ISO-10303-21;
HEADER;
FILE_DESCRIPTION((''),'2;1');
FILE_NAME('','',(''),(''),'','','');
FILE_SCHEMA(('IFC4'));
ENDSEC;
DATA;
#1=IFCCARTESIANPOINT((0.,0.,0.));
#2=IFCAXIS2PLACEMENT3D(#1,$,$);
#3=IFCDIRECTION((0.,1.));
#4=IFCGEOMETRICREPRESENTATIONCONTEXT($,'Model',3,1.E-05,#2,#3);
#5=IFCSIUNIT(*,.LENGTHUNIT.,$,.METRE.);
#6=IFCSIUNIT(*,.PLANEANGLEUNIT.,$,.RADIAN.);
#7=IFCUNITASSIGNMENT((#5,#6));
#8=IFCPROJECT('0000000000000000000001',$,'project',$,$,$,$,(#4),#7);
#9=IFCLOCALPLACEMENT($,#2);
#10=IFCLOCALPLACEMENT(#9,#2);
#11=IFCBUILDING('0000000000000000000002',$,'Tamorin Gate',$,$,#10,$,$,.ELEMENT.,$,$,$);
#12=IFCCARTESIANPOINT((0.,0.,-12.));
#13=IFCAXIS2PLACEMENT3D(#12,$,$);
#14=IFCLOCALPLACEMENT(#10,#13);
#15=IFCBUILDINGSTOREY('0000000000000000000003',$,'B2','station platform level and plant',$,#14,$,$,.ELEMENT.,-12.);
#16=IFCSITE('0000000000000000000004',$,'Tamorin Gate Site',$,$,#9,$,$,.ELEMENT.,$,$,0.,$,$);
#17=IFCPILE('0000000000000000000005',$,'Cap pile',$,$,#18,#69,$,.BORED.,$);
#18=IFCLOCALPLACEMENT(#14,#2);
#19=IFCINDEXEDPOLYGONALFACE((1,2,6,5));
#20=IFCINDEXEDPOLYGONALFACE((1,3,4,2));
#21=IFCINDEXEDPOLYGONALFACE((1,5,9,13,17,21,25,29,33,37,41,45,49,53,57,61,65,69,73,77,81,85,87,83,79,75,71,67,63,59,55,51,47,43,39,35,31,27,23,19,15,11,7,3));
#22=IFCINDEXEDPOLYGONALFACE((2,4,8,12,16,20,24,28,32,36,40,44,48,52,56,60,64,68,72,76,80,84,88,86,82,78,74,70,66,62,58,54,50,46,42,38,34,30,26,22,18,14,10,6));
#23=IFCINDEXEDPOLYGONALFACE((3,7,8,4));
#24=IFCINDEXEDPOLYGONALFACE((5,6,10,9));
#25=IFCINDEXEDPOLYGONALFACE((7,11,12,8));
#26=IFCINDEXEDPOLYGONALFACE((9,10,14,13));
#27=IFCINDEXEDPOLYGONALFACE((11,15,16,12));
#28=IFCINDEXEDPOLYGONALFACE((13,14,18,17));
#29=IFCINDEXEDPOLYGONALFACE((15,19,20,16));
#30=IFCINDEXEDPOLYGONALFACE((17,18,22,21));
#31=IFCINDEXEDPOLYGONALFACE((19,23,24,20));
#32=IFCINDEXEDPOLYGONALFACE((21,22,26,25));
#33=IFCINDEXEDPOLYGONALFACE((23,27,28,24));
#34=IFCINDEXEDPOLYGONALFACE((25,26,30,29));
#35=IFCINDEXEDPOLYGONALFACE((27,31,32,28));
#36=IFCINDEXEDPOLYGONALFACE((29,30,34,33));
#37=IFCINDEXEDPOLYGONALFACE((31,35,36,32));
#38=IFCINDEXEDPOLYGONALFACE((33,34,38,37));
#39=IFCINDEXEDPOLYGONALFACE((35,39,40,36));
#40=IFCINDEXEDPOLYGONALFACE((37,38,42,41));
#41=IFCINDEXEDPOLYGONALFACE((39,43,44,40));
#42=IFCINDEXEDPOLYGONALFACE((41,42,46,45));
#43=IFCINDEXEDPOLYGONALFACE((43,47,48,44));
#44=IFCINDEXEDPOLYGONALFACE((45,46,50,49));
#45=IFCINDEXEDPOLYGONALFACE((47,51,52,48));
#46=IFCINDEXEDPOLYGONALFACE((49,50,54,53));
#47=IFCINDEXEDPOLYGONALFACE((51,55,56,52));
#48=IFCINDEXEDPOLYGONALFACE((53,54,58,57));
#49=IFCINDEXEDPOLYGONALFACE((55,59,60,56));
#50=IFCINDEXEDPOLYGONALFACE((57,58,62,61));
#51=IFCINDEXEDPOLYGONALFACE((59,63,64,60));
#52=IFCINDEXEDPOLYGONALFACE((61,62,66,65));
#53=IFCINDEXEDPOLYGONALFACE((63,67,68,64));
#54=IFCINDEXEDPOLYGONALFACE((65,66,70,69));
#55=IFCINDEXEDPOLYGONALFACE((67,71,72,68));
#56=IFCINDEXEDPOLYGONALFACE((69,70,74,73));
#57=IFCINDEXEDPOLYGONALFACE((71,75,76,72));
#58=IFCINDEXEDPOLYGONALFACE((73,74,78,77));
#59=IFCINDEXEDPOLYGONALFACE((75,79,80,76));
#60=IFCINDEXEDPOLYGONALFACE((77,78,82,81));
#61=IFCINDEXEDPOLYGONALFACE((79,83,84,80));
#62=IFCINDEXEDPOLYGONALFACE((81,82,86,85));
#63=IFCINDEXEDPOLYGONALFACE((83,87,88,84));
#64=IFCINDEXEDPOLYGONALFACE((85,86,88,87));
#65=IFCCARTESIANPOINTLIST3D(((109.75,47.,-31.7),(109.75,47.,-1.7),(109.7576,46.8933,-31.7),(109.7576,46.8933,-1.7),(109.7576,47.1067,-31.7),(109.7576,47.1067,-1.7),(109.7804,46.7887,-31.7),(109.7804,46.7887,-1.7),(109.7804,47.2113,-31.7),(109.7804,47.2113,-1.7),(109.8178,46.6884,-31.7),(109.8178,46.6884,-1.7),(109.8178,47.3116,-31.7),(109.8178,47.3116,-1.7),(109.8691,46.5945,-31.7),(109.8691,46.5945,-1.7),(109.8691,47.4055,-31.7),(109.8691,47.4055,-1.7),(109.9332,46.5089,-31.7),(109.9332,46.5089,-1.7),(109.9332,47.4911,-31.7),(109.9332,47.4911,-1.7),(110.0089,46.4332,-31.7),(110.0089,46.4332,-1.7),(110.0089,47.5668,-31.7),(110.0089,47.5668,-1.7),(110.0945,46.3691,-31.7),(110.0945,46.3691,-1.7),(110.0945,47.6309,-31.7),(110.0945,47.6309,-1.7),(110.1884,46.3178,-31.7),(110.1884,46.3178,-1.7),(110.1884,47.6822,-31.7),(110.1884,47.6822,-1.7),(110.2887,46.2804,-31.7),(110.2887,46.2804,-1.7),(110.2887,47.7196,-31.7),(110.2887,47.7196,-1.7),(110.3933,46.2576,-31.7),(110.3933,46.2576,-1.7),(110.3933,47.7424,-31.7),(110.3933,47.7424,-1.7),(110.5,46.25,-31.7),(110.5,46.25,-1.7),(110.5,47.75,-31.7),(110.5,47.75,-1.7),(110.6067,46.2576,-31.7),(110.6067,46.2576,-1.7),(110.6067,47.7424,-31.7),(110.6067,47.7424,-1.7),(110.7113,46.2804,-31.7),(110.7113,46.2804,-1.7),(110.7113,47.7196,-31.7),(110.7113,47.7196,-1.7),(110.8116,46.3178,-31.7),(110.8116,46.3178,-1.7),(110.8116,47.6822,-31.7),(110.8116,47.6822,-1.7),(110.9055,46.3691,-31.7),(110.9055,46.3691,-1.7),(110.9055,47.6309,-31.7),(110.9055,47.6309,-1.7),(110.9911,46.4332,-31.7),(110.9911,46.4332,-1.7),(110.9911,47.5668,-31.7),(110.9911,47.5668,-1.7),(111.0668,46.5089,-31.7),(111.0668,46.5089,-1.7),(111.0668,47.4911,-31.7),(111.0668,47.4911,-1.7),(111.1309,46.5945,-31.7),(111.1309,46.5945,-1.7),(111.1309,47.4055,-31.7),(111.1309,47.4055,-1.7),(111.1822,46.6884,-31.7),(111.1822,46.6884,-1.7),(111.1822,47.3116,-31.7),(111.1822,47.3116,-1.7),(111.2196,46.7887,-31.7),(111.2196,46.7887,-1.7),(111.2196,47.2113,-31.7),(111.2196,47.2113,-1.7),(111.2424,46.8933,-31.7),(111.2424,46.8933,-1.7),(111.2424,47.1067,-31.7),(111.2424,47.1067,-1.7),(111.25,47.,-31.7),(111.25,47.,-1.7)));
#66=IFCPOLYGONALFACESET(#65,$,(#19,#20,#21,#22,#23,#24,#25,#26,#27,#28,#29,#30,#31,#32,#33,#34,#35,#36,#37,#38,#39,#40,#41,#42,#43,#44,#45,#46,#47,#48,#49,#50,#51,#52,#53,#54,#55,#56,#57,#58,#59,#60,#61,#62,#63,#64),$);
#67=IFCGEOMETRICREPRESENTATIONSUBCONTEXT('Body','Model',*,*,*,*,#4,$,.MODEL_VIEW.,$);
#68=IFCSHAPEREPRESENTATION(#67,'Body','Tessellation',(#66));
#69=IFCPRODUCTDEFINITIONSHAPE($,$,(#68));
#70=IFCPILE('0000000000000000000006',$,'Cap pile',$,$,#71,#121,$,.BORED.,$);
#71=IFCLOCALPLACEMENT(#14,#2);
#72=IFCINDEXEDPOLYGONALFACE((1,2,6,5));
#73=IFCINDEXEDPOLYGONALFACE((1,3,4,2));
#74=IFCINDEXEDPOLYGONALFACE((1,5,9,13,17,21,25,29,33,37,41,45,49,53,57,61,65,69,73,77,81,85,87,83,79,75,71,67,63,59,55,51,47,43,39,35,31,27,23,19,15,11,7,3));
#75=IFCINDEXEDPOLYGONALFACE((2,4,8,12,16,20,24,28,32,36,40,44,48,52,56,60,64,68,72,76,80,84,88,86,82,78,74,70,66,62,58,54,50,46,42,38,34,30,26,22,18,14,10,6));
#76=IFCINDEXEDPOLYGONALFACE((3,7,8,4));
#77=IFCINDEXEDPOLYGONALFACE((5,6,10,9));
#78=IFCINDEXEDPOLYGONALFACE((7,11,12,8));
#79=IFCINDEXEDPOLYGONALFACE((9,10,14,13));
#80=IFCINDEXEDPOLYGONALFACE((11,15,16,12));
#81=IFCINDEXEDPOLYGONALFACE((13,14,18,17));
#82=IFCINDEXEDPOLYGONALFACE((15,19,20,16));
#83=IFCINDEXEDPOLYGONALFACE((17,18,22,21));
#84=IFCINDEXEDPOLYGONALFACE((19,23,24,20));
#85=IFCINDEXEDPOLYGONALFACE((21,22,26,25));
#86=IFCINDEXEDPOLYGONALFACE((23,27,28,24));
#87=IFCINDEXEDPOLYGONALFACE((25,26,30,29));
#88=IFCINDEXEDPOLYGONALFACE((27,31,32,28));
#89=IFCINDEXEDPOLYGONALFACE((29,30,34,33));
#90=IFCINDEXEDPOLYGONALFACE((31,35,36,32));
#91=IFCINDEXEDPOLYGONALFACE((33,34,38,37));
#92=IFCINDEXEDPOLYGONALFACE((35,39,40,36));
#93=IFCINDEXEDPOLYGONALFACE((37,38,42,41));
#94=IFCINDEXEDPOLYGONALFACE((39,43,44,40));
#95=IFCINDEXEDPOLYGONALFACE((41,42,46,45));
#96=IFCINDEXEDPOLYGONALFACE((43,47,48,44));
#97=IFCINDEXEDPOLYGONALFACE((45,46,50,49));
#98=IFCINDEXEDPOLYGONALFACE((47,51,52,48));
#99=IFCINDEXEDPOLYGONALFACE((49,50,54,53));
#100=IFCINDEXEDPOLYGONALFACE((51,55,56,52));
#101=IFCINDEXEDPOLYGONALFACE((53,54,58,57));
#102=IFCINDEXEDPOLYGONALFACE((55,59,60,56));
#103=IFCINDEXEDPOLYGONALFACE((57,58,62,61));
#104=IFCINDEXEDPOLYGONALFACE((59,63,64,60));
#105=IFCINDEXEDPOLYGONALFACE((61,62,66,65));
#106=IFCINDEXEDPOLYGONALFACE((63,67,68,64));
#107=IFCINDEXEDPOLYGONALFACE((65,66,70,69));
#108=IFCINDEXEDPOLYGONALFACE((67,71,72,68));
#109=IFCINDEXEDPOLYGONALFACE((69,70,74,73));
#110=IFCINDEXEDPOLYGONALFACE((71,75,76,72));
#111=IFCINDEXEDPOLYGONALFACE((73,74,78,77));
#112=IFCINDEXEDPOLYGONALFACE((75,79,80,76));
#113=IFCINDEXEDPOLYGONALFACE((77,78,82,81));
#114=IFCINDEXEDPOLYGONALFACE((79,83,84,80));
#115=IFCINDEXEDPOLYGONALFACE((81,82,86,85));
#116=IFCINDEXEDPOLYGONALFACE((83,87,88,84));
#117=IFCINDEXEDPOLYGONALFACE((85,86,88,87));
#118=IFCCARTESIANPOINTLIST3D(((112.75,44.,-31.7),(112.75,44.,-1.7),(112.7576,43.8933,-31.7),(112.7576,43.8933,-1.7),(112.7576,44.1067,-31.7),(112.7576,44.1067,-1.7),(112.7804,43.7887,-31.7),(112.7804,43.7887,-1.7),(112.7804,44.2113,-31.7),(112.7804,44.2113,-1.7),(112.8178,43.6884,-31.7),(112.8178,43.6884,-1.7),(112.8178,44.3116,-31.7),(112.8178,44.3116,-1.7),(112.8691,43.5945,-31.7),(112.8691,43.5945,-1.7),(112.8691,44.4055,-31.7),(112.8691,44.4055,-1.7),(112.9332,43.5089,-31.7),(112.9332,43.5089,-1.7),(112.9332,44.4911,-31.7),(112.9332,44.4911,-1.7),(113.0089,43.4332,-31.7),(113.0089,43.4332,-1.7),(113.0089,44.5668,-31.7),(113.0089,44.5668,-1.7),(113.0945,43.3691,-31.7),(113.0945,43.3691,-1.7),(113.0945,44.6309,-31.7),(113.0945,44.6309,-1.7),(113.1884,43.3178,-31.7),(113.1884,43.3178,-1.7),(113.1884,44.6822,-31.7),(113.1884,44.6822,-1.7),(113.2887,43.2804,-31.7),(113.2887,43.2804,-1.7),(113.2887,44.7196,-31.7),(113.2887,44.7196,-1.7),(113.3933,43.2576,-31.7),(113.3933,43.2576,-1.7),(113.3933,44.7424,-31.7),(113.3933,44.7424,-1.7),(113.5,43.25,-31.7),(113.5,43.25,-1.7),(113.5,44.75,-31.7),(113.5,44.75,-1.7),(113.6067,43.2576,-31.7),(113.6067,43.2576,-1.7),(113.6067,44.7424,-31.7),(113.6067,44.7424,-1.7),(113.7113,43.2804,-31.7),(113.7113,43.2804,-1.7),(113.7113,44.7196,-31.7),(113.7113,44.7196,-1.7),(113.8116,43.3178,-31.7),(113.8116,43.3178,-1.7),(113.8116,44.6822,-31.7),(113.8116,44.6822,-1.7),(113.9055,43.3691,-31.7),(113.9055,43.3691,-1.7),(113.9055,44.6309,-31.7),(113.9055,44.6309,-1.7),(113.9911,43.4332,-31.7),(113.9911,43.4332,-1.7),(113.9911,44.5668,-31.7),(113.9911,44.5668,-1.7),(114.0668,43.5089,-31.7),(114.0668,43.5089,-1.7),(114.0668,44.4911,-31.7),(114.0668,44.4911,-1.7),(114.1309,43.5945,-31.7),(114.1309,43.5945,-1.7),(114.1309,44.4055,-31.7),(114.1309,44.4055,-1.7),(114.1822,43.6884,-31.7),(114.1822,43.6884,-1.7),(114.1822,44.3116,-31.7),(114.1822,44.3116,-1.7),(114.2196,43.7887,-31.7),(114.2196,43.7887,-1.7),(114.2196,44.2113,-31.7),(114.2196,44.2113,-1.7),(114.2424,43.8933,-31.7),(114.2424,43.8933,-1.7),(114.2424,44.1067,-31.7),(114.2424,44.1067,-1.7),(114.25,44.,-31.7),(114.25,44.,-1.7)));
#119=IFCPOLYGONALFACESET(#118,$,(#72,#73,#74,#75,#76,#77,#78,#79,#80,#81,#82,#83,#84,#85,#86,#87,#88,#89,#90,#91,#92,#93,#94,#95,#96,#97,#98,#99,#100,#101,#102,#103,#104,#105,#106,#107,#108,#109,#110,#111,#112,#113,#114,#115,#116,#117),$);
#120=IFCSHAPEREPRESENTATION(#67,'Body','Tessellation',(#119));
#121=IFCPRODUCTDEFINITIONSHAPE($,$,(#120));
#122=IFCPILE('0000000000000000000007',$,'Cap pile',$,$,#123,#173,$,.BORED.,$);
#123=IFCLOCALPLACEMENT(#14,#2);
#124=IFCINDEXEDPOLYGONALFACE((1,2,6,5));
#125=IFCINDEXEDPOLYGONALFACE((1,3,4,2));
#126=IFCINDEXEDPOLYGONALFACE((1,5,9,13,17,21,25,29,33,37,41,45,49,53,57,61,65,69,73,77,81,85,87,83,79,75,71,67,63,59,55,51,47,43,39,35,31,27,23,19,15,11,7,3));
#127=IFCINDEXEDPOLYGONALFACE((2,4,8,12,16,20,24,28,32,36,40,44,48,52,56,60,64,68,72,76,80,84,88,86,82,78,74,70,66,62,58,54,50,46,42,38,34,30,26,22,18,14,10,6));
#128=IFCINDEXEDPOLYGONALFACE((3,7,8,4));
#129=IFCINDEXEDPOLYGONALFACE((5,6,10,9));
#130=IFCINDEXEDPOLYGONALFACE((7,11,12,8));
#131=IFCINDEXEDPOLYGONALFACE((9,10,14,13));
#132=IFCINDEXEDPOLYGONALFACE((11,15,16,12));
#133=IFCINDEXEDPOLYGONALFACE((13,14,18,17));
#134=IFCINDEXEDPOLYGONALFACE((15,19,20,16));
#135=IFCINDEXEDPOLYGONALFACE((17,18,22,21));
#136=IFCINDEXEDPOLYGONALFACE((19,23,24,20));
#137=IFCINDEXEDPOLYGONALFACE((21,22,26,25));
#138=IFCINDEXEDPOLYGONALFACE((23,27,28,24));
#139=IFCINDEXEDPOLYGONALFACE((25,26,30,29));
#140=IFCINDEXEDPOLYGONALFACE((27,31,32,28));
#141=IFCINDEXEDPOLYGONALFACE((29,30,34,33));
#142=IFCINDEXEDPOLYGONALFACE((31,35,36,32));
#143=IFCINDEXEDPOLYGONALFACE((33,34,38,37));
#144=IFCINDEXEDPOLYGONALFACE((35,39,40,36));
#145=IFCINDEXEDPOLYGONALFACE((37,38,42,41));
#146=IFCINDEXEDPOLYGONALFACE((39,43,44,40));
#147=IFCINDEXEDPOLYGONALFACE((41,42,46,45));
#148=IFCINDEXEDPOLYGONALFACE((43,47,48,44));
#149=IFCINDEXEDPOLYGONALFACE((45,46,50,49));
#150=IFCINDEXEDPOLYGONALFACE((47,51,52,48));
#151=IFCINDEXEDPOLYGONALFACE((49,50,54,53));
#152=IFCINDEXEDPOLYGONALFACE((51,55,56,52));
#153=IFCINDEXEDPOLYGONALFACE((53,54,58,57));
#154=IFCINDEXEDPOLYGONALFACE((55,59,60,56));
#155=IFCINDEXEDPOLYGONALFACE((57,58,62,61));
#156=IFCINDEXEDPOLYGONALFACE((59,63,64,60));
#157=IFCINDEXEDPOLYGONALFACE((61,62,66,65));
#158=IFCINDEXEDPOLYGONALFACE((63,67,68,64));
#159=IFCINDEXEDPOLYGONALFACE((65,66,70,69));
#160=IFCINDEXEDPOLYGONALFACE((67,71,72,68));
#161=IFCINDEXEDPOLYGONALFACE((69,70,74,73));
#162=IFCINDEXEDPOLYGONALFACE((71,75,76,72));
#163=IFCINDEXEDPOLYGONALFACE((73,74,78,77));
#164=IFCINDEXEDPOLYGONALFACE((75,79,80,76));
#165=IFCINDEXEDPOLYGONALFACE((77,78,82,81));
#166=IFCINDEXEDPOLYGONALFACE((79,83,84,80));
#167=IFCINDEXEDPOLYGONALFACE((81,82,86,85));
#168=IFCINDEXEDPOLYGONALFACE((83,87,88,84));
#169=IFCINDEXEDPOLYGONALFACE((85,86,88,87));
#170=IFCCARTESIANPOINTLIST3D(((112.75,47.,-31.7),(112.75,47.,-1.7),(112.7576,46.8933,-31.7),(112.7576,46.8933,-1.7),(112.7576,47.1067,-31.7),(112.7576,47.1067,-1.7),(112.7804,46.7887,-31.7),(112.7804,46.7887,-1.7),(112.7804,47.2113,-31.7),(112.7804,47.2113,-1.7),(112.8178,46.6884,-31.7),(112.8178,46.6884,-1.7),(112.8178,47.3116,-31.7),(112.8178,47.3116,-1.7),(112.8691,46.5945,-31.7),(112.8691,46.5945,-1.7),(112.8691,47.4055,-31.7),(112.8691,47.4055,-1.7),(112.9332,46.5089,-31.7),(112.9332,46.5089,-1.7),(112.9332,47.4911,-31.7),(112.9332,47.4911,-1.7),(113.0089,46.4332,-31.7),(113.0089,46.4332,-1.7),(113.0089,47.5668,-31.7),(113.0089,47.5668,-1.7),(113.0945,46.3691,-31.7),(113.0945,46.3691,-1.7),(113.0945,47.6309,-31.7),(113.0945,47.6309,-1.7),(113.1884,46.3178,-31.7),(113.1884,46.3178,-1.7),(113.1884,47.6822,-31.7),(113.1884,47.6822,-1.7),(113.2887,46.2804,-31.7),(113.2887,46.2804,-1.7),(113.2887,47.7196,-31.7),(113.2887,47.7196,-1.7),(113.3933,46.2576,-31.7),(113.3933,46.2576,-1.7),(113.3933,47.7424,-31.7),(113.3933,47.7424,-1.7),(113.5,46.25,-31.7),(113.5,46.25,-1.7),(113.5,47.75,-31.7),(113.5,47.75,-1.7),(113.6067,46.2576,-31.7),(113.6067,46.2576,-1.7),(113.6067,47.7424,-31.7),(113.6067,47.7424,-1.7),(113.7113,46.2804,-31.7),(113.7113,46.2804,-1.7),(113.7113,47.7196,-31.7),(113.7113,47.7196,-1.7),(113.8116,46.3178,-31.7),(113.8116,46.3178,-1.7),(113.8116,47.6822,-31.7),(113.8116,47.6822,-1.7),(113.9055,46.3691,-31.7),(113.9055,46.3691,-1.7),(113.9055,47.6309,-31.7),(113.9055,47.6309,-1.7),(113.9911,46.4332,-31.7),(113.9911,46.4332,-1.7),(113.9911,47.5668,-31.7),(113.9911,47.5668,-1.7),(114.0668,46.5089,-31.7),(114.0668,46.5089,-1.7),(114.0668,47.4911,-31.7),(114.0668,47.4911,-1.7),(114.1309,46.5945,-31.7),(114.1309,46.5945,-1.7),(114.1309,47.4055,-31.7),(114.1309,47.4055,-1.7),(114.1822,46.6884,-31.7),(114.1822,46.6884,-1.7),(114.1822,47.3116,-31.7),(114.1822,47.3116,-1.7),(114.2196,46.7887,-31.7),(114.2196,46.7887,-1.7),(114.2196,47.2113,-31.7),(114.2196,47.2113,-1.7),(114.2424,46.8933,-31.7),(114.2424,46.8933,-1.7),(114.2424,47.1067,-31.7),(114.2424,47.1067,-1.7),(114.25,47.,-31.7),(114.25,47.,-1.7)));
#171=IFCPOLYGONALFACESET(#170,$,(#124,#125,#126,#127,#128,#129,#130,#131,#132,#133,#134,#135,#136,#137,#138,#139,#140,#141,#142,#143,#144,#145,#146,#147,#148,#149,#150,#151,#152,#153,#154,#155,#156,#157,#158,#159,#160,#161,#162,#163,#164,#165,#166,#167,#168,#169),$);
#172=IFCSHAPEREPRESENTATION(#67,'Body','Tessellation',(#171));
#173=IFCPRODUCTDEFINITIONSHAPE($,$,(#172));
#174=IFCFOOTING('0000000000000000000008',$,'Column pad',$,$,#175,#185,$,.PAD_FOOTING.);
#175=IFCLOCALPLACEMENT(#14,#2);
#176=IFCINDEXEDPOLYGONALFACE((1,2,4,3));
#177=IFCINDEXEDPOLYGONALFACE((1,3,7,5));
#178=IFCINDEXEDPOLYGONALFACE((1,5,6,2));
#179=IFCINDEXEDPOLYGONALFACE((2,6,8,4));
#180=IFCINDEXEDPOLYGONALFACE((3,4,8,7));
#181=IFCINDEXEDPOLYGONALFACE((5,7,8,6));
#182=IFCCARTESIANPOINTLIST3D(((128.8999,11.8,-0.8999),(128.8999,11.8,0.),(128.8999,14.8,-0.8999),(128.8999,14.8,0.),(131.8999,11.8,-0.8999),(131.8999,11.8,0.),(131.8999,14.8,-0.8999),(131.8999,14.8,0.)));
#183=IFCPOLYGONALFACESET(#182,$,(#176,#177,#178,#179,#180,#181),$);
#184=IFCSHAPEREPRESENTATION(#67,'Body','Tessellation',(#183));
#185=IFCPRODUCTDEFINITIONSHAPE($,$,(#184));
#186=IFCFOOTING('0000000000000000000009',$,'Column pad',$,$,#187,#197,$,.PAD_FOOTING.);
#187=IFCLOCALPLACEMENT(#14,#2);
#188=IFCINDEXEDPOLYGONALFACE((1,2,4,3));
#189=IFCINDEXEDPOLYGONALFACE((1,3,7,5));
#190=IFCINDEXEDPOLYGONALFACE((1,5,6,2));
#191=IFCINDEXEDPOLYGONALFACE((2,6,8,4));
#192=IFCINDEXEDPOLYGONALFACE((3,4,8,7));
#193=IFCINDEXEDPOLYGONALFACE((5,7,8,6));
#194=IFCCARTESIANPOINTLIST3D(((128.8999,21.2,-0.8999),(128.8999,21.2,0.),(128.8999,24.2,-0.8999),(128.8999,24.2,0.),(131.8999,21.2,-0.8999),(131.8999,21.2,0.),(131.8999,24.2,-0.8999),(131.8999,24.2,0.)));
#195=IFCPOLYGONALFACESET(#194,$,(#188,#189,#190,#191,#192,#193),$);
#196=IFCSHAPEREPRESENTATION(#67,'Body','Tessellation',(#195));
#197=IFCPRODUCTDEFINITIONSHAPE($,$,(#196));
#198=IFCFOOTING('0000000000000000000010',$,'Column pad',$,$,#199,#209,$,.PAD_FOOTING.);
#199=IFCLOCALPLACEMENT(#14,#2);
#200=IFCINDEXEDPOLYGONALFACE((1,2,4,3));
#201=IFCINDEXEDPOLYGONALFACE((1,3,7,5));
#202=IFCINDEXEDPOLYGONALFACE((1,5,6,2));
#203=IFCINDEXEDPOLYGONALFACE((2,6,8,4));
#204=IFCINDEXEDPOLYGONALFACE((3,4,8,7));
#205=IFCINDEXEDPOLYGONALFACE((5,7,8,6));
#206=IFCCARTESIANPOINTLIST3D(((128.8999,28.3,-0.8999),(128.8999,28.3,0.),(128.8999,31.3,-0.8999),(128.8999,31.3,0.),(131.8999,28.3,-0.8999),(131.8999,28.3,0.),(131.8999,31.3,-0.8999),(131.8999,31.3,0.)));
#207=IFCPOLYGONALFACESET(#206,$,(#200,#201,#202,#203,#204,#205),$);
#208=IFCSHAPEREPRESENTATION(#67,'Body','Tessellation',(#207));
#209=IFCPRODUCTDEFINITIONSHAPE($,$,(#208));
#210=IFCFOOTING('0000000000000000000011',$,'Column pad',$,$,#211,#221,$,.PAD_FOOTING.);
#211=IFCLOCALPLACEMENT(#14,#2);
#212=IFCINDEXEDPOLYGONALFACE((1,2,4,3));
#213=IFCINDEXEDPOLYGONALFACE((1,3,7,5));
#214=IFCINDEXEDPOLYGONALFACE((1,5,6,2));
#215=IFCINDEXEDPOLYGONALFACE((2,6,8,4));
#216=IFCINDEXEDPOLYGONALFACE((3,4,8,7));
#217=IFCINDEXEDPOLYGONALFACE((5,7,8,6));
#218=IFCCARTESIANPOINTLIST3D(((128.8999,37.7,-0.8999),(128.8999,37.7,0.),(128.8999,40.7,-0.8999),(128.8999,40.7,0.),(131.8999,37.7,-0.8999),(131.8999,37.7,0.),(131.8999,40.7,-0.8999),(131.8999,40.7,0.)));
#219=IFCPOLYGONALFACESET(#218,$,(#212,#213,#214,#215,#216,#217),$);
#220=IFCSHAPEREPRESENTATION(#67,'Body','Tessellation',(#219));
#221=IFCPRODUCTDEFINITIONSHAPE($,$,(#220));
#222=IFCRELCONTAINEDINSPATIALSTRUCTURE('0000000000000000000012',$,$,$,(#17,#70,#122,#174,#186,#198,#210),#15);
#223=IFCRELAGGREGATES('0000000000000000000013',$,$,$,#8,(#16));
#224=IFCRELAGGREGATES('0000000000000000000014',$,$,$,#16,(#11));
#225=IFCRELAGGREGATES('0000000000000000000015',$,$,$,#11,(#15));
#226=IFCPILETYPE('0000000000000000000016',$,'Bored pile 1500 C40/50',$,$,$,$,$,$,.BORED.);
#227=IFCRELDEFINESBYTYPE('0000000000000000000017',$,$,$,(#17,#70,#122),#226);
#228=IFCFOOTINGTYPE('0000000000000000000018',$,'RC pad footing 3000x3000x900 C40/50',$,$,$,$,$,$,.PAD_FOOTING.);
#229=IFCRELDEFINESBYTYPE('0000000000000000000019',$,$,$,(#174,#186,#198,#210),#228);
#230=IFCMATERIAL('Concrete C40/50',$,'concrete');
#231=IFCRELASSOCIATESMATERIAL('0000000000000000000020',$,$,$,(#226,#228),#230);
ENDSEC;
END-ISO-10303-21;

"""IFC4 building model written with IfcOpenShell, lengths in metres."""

from ifc_helpers import new_model, si_unit, direction, frame, origin, origin_2d, place, context, subcontext, project, spatial, rectangle, circle, extrude, material, material_profile, profile_set, type_object, element, save


model = new_model("IFC4")

# Units and contexts
model_context = context("Model", 3, precision=1e-05, world=origin(), true_north=direction((0.0, 1.0)))
body_context = subcontext(model_context, "Body", "Model", "MODEL_VIEW")
ifc_project = project(units=[si_unit("LENGTHUNIT", "METRE"), si_unit("PLANEANGLEUNIT", "RADIAN")], contexts=[model_context])

# Site, building, storey
site_placement = place(None, origin())
site = spatial("IfcSite", under=ifc_project, at=site_placement, Name="Tamorin Gate Site", CompositionType="ELEMENT", RefElevation=0.0)
building_placement = place(site_placement, origin())
building = spatial("IfcBuilding", under=site, at=building_placement, Name="Tamorin Gate", CompositionType="ELEMENT")
storey_placement = place(building_placement, frame((0.0, 0.0, -12.0)))
storey = spatial("IfcBuildingStorey", under=building, at=storey_placement, Name="B2", Description="station platform level and plant", CompositionType="ELEMENT", Elevation=-12.0)

# Piles
ifc_material_1 = material(Name="Concrete C40/50", Category="concrete")
ifc_material_profile_1 = material_profile(ifc_material_1, circle(Radius=0.75, at=origin_2d()))
ifc_profile_set_1 = profile_set([ifc_material_profile_1], Name="Concrete C40/50")
pile_type = type_object("IfcPileType", Name="Bored pile 1500 C40/50", PredefinedType="BORED", material=ifc_profile_set_1)
for number, where, z_axis, x_axis, name in (
    (1, (110.5, 47.0, -1.7), (0.0, 0.0, -1.0), (1.0, 0.0, 0.0), "Cap pile"),
    (2, (113.5, 44.0, -1.7), (0.0, 0.0, -1.0), (1.0, 0.0, 0.0), "Cap pile"),
    (3, (113.5, 47.0, -1.7), (0.0, 0.0, -1.0), (1.0, 0.0, 0.0), "Cap pile"),
):
    element("IfcPile", number, at=place(storey_placement, frame(where, z_axis=z_axis, x_axis=x_axis)), inside=storey, type_object=pile_type, Name=name, PredefinedType="BORED", context=body_context, shape_type="SweptSolid", body=[
        extrude(circle(Radius=0.75, at=origin_2d()), origin(), (0.0, 0.0, 1.0), 30.0),
    ])

# Footings
footing_type_1 = type_object("IfcFootingType", Name="RC pad footing 3000x3000x900 C40/50", PredefinedType="PAD_FOOTING", material=ifc_material_1)
for number, where, z_axis, x_axis, name in (
    (4, (130.3999, 13.3, -0.8999), (0.0, 0.0, 1.0), (1.0, 0.0, 0.0), "Column pad"),
    (5, (130.3999, 22.7, -0.8999), (0.0, 0.0, 1.0), (1.0, 0.0, 0.0), "Column pad"),
    (6, (130.3999, 29.8, -0.8999), (0.0, 0.0, 1.0), (1.0, 0.0, 0.0), "Column pad"),
    (7, (130.3999, 39.2, -0.8999), (0.0, 0.0, 1.0), (1.0, 0.0, 0.0), "Column pad"),
):
    element("IfcFooting", number, at=place(storey_placement, frame(where, z_axis=z_axis, x_axis=x_axis)), inside=storey, type_object=footing_type_1, Name=name, PredefinedType="PAD_FOOTING", context=body_context, shape_type="SweptSolid", body=[
        extrude(rectangle(XDim=3.0, YDim=3.0, at=origin_2d()), origin(), (0.0, 0.0, 1.0), 0.8999),
    ])

save(model, "model.ifc")
